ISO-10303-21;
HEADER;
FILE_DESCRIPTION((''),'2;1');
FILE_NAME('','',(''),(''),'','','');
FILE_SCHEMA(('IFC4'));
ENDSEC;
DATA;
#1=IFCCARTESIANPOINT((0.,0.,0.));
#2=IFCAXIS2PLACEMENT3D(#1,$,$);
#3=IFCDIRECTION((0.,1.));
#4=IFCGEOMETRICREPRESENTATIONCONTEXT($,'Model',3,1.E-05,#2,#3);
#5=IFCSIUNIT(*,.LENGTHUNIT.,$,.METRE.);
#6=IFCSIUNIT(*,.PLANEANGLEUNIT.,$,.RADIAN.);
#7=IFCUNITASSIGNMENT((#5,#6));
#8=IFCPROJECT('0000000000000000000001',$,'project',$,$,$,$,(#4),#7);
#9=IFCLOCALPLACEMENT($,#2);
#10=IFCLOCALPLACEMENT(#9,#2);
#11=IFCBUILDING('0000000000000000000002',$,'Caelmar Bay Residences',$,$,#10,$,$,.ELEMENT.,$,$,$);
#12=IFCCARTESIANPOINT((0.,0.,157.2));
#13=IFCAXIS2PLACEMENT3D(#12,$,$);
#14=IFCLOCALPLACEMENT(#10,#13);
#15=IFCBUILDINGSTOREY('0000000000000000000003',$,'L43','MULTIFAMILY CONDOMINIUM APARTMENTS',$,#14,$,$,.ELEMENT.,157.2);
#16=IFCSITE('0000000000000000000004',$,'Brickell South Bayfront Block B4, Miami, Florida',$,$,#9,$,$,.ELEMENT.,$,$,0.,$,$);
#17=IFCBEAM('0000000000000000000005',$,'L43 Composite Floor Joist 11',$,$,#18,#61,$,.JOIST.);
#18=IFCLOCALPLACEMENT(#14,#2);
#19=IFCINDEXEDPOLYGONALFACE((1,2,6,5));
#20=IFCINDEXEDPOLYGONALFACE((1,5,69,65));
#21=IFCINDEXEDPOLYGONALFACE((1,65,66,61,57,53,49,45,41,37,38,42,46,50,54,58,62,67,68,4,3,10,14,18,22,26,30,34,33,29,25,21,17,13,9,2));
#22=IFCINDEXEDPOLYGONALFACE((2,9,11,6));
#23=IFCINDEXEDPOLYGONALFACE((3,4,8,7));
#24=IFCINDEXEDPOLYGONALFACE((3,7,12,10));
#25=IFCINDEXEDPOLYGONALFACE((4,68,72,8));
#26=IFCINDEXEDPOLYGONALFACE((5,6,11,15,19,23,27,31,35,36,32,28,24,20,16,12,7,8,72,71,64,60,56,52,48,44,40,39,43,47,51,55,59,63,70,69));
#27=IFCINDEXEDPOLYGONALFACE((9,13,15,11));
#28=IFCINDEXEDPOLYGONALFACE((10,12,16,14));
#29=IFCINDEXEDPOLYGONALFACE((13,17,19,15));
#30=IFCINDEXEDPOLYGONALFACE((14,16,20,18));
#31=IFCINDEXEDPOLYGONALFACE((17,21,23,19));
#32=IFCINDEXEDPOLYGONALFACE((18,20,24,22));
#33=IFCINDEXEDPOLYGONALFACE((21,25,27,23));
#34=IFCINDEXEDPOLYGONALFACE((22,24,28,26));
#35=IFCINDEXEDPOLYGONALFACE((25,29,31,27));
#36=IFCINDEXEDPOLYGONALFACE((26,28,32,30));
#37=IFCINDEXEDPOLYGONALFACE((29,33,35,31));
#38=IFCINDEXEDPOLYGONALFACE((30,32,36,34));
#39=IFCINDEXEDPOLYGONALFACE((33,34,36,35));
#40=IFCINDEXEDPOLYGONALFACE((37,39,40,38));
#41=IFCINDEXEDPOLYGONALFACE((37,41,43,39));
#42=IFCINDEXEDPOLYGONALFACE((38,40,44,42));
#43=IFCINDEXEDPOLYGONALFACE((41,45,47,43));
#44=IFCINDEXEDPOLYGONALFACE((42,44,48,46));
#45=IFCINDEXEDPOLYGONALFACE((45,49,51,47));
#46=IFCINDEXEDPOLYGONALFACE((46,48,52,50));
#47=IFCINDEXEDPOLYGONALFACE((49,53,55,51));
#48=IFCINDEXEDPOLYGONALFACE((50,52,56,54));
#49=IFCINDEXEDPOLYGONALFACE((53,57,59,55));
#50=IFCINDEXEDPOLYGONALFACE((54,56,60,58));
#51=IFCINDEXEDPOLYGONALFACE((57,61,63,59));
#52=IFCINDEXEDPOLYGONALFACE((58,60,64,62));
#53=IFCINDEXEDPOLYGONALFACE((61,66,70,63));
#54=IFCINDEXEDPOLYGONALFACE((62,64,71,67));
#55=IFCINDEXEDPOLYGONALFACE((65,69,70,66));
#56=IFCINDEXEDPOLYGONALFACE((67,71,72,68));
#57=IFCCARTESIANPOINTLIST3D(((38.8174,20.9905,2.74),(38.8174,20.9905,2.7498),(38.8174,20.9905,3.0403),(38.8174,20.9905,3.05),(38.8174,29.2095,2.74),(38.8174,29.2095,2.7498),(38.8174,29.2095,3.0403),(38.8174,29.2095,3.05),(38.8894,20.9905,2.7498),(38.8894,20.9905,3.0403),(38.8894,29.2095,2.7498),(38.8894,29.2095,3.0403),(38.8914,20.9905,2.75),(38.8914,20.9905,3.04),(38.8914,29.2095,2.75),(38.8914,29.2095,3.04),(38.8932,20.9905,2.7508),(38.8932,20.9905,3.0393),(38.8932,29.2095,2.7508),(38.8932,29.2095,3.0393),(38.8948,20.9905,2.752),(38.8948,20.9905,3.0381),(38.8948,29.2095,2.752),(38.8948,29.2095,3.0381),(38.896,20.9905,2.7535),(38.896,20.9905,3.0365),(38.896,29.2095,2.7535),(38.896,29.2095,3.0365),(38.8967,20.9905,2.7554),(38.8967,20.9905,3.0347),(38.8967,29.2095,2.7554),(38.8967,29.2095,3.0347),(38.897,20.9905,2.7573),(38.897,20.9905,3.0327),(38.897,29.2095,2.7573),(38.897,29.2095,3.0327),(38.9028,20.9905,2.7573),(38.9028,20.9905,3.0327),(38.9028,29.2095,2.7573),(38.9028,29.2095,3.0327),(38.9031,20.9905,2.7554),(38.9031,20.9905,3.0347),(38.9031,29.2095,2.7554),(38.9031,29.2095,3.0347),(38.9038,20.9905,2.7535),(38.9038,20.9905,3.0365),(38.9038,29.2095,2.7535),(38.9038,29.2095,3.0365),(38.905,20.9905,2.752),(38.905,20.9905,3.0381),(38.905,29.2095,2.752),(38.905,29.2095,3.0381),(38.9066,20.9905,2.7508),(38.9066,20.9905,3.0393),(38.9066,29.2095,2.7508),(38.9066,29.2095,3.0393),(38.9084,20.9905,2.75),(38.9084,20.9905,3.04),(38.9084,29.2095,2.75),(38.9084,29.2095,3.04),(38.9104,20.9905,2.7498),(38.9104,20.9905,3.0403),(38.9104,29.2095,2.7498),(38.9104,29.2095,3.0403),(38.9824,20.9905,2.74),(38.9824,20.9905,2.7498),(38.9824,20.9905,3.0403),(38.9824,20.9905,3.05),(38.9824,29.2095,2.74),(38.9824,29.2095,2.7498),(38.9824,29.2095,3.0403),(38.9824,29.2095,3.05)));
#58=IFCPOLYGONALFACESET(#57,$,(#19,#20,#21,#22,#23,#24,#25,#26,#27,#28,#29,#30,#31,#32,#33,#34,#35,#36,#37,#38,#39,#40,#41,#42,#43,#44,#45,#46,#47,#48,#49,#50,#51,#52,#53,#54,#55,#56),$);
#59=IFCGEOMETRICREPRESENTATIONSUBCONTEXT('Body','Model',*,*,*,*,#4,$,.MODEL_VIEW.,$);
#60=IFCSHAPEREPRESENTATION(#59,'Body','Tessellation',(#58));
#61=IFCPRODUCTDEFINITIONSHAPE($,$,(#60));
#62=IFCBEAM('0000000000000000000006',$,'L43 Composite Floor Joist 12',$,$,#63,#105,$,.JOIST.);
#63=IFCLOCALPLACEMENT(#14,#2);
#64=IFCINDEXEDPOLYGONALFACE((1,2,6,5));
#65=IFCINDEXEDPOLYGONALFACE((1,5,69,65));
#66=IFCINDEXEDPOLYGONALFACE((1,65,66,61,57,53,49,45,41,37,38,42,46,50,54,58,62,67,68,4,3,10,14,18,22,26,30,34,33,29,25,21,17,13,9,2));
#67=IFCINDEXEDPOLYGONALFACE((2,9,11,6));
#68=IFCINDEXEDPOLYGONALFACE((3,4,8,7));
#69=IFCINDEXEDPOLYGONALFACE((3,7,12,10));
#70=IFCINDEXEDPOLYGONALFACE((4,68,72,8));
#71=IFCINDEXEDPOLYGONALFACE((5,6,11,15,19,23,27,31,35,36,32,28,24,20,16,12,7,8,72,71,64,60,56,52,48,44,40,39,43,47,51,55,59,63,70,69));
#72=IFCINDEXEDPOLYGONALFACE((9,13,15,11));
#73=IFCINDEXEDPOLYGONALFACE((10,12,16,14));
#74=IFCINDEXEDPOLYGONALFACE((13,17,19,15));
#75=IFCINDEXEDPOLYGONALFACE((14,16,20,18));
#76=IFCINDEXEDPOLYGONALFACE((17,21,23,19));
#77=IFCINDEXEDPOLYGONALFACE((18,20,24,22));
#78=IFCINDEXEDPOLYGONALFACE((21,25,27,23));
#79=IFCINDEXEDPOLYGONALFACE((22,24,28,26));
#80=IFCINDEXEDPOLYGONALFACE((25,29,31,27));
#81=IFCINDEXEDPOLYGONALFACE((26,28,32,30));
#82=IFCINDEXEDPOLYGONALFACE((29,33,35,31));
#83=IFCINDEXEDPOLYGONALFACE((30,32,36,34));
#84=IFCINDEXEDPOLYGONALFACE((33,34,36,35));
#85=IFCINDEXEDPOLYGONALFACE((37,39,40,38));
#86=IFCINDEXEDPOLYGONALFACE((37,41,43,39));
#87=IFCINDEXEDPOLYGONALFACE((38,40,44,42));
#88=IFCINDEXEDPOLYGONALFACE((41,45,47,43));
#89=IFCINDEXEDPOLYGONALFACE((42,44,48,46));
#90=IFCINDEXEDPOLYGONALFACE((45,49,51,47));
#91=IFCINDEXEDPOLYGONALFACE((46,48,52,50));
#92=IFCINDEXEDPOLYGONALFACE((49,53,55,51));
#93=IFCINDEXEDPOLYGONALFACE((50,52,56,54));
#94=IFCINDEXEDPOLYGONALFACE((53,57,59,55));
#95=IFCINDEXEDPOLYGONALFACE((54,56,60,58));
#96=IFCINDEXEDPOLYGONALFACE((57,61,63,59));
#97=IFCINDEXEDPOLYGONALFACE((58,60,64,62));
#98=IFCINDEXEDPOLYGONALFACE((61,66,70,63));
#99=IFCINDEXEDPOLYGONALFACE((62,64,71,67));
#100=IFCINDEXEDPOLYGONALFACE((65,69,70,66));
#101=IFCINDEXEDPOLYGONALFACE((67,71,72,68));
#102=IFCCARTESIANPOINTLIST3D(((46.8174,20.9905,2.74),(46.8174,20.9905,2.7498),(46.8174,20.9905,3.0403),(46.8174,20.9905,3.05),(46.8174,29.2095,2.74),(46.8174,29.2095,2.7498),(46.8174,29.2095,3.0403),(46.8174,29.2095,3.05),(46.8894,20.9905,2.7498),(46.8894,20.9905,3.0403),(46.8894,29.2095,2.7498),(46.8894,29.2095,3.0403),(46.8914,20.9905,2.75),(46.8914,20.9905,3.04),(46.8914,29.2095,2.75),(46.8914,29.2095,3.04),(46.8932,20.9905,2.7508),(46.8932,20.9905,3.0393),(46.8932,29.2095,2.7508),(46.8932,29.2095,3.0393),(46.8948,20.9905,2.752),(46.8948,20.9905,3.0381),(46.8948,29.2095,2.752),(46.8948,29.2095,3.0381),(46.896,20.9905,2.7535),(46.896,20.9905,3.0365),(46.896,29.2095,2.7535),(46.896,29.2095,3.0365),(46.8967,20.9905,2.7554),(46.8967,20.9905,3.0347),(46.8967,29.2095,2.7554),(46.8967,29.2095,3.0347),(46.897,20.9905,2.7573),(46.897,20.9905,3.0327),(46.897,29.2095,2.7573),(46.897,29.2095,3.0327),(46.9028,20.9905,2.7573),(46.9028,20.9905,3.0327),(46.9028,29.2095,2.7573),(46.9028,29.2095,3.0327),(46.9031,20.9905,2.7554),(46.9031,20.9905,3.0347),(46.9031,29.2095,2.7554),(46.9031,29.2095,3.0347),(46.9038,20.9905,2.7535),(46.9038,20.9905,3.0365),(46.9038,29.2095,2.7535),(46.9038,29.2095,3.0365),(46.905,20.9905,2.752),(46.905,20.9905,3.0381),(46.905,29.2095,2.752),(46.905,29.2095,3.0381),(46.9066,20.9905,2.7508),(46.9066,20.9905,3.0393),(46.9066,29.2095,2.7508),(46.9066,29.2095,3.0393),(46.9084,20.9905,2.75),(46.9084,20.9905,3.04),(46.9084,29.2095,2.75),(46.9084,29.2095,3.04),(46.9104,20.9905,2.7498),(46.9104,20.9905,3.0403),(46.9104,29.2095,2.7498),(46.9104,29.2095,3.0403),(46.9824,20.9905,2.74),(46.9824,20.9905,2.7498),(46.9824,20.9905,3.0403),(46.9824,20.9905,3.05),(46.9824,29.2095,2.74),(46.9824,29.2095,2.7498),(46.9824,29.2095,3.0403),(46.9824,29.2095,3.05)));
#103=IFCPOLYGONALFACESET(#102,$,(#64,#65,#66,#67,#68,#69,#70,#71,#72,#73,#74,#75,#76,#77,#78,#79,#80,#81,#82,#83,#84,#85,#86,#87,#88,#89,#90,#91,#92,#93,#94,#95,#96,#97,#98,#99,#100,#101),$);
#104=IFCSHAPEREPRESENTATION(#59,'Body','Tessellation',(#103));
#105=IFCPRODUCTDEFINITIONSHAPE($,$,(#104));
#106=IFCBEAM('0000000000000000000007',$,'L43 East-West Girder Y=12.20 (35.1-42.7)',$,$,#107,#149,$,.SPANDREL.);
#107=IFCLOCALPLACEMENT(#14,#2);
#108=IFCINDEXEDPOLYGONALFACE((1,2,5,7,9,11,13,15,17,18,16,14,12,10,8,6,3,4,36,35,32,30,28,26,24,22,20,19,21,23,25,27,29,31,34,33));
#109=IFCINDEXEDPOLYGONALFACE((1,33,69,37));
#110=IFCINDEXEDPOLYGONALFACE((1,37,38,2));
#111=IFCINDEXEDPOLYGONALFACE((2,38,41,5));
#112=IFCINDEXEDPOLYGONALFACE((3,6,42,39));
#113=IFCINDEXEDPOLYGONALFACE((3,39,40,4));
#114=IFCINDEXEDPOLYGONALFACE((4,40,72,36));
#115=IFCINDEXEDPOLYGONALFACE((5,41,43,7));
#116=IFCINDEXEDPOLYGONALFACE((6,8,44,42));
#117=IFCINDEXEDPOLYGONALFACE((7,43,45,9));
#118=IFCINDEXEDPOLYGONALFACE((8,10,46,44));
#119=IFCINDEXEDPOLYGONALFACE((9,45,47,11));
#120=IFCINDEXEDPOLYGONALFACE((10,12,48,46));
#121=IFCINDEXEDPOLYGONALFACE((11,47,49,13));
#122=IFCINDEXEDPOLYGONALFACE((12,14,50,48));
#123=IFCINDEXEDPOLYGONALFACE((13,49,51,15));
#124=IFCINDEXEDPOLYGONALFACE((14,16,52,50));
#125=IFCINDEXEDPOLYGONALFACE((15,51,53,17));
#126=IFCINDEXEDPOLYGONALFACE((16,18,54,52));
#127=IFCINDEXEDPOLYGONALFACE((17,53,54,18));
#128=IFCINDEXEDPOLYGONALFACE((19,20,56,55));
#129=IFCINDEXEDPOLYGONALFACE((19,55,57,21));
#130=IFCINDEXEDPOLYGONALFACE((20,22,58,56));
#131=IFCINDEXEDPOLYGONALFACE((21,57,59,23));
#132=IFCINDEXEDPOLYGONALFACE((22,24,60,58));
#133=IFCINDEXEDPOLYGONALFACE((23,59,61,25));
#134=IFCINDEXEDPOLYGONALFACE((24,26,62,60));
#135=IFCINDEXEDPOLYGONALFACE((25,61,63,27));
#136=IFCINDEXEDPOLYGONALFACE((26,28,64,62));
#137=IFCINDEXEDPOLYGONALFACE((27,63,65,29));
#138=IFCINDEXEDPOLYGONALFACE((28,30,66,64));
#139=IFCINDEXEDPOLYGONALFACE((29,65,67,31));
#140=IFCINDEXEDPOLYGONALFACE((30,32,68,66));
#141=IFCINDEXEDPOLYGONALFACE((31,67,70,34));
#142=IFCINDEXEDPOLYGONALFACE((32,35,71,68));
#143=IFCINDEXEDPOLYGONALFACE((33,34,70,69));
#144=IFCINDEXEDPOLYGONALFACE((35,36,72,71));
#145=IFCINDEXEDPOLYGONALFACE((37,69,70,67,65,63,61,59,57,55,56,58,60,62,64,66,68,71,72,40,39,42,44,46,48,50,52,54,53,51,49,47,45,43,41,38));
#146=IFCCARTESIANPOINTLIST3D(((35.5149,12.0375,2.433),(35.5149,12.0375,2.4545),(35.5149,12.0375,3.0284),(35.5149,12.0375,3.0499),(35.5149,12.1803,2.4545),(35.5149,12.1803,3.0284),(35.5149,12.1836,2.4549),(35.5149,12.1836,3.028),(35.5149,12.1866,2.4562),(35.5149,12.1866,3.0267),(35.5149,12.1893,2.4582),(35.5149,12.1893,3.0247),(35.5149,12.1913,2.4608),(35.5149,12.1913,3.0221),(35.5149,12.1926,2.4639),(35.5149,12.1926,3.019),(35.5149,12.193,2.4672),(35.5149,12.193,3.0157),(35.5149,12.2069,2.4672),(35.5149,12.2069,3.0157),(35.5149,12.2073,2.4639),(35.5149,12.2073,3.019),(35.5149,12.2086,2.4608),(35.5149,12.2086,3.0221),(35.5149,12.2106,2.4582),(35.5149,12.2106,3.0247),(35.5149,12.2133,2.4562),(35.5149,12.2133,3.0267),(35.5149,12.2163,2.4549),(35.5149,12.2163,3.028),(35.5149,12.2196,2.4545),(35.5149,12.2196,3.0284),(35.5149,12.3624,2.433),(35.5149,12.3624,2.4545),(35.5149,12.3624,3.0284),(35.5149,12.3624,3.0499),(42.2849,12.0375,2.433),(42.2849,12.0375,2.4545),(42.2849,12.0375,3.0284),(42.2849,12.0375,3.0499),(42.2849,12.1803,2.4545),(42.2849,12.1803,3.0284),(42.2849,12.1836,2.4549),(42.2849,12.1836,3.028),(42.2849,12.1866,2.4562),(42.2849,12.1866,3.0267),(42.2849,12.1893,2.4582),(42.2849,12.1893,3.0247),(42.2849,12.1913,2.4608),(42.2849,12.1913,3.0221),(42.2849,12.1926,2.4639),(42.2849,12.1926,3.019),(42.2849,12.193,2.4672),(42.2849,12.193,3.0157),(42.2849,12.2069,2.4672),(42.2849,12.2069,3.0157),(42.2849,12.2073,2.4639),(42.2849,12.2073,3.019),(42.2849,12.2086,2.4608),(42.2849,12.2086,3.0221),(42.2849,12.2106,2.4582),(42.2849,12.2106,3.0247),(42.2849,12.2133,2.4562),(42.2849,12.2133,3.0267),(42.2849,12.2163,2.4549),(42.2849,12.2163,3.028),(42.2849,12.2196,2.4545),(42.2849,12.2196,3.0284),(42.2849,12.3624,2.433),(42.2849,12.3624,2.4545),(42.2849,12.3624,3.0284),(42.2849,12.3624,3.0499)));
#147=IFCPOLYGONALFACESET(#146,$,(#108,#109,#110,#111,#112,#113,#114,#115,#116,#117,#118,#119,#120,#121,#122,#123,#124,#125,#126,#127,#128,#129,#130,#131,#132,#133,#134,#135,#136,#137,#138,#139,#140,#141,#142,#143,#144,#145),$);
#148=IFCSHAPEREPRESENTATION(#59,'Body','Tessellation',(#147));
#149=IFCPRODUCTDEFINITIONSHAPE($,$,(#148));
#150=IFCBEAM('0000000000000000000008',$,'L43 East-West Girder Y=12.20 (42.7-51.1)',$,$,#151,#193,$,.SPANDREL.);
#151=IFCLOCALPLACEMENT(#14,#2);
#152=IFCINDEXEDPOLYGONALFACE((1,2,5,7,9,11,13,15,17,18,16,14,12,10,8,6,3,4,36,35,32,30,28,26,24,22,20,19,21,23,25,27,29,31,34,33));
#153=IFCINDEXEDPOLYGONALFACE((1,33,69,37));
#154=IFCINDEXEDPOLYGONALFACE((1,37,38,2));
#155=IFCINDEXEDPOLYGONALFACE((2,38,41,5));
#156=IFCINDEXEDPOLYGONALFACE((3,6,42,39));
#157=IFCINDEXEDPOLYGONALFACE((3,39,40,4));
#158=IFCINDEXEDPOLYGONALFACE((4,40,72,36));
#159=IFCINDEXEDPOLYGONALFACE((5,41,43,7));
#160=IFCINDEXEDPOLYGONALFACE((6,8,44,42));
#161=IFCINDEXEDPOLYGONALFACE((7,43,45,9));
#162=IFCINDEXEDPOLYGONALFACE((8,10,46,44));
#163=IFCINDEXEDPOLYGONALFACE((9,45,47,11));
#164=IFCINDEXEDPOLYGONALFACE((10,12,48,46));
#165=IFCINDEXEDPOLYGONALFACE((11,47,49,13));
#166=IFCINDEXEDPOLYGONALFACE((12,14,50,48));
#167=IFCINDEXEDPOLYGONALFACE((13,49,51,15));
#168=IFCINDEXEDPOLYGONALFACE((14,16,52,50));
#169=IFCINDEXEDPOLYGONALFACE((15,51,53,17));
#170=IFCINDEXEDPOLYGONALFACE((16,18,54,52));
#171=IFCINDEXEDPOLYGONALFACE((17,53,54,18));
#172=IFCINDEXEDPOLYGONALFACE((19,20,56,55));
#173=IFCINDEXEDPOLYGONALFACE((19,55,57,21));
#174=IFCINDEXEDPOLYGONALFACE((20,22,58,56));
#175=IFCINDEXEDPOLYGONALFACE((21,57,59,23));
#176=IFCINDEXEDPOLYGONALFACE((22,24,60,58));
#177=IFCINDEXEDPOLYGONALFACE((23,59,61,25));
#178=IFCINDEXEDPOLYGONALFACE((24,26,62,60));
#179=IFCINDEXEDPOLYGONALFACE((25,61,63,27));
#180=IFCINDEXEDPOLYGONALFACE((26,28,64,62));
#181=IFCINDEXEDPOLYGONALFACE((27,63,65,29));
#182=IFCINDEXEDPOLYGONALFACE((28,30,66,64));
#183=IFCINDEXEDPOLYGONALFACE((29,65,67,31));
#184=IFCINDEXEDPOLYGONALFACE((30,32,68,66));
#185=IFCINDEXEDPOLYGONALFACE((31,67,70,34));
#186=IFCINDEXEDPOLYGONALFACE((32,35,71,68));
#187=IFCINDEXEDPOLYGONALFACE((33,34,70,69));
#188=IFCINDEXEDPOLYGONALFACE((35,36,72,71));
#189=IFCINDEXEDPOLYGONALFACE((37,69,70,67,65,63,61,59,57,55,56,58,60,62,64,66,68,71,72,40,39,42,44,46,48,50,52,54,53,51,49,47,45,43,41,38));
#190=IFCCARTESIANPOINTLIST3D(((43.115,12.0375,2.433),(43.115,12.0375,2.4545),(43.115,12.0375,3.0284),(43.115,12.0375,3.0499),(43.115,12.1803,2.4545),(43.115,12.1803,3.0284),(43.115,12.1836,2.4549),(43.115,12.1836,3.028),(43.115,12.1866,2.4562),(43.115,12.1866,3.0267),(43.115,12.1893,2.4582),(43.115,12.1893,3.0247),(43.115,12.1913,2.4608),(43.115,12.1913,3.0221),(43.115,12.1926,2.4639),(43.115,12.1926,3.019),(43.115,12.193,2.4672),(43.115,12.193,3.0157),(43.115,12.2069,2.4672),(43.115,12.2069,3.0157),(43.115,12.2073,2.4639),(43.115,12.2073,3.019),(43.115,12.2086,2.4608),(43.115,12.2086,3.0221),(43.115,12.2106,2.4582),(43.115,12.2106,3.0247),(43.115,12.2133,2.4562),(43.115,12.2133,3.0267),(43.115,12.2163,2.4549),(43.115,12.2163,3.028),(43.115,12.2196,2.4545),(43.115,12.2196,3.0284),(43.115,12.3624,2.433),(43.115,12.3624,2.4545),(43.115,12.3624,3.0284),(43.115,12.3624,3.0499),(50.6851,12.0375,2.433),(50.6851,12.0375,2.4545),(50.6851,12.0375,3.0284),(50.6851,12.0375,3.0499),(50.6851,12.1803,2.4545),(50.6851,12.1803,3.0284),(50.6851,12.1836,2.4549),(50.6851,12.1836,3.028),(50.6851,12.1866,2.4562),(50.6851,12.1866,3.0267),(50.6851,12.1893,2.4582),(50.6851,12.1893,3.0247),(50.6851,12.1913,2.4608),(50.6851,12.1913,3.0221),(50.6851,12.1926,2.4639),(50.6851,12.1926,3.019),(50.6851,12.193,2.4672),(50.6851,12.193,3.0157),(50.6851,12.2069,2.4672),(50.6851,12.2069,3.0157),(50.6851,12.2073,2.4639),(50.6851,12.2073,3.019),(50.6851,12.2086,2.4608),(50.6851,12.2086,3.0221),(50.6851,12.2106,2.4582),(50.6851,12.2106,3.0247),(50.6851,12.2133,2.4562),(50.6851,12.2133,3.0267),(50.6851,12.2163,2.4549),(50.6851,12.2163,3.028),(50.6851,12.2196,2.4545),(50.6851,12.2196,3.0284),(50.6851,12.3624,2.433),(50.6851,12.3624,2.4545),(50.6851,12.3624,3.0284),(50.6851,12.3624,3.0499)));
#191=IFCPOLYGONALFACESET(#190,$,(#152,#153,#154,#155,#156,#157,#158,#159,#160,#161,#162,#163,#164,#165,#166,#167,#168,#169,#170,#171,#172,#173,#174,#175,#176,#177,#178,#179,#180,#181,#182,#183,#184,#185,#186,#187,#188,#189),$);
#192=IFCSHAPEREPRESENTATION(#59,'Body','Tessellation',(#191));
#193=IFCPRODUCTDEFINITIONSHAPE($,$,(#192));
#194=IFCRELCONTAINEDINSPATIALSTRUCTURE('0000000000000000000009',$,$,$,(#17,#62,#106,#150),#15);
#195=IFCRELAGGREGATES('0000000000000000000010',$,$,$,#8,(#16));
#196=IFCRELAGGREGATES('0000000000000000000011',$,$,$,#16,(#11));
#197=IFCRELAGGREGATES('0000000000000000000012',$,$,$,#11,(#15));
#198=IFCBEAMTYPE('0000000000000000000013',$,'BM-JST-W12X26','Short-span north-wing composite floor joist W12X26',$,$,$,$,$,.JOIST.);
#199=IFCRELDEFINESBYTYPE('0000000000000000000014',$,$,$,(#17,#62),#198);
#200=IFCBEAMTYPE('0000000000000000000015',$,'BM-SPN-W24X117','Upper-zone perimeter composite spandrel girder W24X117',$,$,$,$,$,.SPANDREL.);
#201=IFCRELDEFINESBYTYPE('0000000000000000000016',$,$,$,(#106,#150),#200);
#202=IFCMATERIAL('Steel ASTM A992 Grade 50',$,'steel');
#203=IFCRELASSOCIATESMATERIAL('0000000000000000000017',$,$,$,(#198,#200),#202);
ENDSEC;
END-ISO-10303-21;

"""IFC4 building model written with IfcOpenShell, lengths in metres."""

from ifc_helpers import new_model, si_unit, direction, frame, origin, origin_2d, place, context, subcontext, project, spatial, i_section, extrude, material, material_profile, profile_set, type_object, element, save


model = new_model("IFC4")

# Units and contexts
model_context = context("Model", 3, precision=1e-05, world=origin(), true_north=direction((0.0, 1.0)))
body_context = subcontext(model_context, "Body", "Model", "MODEL_VIEW")
ifc_project = project(units=[si_unit("LENGTHUNIT", "METRE"), si_unit("PLANEANGLEUNIT", "RADIAN")], contexts=[model_context])

# Site, building, storey
site_placement = place(None, origin())
site = spatial("IfcSite", under=ifc_project, at=site_placement, Name="Brickell South Bayfront Block B4, Miami, Florida", CompositionType="ELEMENT", RefElevation=0.0)
building_placement = place(site_placement, origin())
building = spatial("IfcBuilding", under=site, at=building_placement, Name="Caelmar Bay Residences", CompositionType="ELEMENT")
storey_placement = place(building_placement, frame((0.0, 0.0, 157.2)))
storey = spatial("IfcBuildingStorey", under=building, at=storey_placement, Name="L43", Description="MULTIFAMILY CONDOMINIUM APARTMENTS", CompositionType="ELEMENT", Elevation=157.2)

# Beams
ifc_material_1 = material(Name="Steel ASTM A992 Grade 50", Category="steel")
ifc_material_profile_1 = material_profile(ifc_material_1, i_section(OverallWidth=0.165, OverallDepth=0.3101, WebThickness=0.0059, FlangeThickness=0.0098, FilletRadius=0.0076, at=origin_2d()), Name="W12X26")
ifc_profile_set_1 = profile_set([ifc_material_profile_1], Name="Steel ASTM A992 Grade 50")
beam_type_1 = type_object("IfcBeamType", Name="BM-JST-W12X26", Description="Short-span north-wing composite floor joist W12X26", PredefinedType="JOIST", material=ifc_profile_set_1)
for number, where, z_axis, x_axis, name in (
    (1, (38.8999, 20.9905, 2.895), (0.0, 1.0, 0.0), (-1.0, 0.0, 0.0), "L43 Composite Floor Joist 11"),
    (2, (46.8999, 20.9905, 2.895), (0.0, 1.0, 0.0), (-1.0, 0.0, 0.0), "L43 Composite Floor Joist 12"),
):
    element("IfcBeam", number, at=place(storey_placement, frame(where, z_axis=z_axis, x_axis=x_axis)), inside=storey, type_object=beam_type_1, Name=name, PredefinedType="JOIST", context=body_context, shape_type="SweptSolid", body=[
        extrude(i_section(OverallWidth=0.165, OverallDepth=0.3101, WebThickness=0.0059, FlangeThickness=0.0098, FilletRadius=0.0076, at=origin_2d()), origin(), (0.0, 0.0, 1.0), 8.219),
    ])
ifc_material_profile_2 = material_profile(ifc_material_1, i_section(OverallWidth=0.325, OverallDepth=0.6169, WebThickness=0.0139, FlangeThickness=0.0215, FilletRadius=0.0127, at=origin_2d()), Name="W24X117")
ifc_profile_set_2 = profile_set([ifc_material_profile_2], Name="Steel ASTM A992 Grade 50")
beam_type_2 = type_object("IfcBeamType", Name="BM-SPN-W24X117", Description="Upper-zone perimeter composite spandrel girder W24X117", PredefinedType="SPANDREL", material=ifc_profile_set_2)
beam_1_placement = place(storey_placement, frame((35.5149, 12.2, 2.7415), z_axis=(1.0, 0.0, 0.0), x_axis=(0.0, 1.0, 0.0)))
element("IfcBeam", 3, at=beam_1_placement, inside=storey, type_object=beam_type_2, Name="L43 East-West Girder Y=12.20 (35.1-42.7)", PredefinedType="SPANDREL", context=body_context, shape_type="SweptSolid", body=[
    extrude(i_section(OverallWidth=0.325, OverallDepth=0.6169, WebThickness=0.0139, FlangeThickness=0.0215, FilletRadius=0.0127, at=origin_2d()), origin(), (0.0, 0.0, 1.0), 6.77),
])
beam_2_placement = place(storey_placement, frame((43.115, 12.2, 2.7415), z_axis=(1.0, 0.0, 0.0), x_axis=(0.0, 1.0, 0.0)))
element("IfcBeam", 4, at=beam_2_placement, inside=storey, type_object=beam_type_2, Name="L43 East-West Girder Y=12.20 (42.7-51.1)", PredefinedType="SPANDREL", context=body_context, shape_type="SweptSolid", body=[
    extrude(i_section(OverallWidth=0.325, OverallDepth=0.6169, WebThickness=0.0139, FlangeThickness=0.0215, FilletRadius=0.0127, at=origin_2d()), origin(), (0.0, 0.0, 1.0), 7.5701),
])

save(model, "model.ifc")
